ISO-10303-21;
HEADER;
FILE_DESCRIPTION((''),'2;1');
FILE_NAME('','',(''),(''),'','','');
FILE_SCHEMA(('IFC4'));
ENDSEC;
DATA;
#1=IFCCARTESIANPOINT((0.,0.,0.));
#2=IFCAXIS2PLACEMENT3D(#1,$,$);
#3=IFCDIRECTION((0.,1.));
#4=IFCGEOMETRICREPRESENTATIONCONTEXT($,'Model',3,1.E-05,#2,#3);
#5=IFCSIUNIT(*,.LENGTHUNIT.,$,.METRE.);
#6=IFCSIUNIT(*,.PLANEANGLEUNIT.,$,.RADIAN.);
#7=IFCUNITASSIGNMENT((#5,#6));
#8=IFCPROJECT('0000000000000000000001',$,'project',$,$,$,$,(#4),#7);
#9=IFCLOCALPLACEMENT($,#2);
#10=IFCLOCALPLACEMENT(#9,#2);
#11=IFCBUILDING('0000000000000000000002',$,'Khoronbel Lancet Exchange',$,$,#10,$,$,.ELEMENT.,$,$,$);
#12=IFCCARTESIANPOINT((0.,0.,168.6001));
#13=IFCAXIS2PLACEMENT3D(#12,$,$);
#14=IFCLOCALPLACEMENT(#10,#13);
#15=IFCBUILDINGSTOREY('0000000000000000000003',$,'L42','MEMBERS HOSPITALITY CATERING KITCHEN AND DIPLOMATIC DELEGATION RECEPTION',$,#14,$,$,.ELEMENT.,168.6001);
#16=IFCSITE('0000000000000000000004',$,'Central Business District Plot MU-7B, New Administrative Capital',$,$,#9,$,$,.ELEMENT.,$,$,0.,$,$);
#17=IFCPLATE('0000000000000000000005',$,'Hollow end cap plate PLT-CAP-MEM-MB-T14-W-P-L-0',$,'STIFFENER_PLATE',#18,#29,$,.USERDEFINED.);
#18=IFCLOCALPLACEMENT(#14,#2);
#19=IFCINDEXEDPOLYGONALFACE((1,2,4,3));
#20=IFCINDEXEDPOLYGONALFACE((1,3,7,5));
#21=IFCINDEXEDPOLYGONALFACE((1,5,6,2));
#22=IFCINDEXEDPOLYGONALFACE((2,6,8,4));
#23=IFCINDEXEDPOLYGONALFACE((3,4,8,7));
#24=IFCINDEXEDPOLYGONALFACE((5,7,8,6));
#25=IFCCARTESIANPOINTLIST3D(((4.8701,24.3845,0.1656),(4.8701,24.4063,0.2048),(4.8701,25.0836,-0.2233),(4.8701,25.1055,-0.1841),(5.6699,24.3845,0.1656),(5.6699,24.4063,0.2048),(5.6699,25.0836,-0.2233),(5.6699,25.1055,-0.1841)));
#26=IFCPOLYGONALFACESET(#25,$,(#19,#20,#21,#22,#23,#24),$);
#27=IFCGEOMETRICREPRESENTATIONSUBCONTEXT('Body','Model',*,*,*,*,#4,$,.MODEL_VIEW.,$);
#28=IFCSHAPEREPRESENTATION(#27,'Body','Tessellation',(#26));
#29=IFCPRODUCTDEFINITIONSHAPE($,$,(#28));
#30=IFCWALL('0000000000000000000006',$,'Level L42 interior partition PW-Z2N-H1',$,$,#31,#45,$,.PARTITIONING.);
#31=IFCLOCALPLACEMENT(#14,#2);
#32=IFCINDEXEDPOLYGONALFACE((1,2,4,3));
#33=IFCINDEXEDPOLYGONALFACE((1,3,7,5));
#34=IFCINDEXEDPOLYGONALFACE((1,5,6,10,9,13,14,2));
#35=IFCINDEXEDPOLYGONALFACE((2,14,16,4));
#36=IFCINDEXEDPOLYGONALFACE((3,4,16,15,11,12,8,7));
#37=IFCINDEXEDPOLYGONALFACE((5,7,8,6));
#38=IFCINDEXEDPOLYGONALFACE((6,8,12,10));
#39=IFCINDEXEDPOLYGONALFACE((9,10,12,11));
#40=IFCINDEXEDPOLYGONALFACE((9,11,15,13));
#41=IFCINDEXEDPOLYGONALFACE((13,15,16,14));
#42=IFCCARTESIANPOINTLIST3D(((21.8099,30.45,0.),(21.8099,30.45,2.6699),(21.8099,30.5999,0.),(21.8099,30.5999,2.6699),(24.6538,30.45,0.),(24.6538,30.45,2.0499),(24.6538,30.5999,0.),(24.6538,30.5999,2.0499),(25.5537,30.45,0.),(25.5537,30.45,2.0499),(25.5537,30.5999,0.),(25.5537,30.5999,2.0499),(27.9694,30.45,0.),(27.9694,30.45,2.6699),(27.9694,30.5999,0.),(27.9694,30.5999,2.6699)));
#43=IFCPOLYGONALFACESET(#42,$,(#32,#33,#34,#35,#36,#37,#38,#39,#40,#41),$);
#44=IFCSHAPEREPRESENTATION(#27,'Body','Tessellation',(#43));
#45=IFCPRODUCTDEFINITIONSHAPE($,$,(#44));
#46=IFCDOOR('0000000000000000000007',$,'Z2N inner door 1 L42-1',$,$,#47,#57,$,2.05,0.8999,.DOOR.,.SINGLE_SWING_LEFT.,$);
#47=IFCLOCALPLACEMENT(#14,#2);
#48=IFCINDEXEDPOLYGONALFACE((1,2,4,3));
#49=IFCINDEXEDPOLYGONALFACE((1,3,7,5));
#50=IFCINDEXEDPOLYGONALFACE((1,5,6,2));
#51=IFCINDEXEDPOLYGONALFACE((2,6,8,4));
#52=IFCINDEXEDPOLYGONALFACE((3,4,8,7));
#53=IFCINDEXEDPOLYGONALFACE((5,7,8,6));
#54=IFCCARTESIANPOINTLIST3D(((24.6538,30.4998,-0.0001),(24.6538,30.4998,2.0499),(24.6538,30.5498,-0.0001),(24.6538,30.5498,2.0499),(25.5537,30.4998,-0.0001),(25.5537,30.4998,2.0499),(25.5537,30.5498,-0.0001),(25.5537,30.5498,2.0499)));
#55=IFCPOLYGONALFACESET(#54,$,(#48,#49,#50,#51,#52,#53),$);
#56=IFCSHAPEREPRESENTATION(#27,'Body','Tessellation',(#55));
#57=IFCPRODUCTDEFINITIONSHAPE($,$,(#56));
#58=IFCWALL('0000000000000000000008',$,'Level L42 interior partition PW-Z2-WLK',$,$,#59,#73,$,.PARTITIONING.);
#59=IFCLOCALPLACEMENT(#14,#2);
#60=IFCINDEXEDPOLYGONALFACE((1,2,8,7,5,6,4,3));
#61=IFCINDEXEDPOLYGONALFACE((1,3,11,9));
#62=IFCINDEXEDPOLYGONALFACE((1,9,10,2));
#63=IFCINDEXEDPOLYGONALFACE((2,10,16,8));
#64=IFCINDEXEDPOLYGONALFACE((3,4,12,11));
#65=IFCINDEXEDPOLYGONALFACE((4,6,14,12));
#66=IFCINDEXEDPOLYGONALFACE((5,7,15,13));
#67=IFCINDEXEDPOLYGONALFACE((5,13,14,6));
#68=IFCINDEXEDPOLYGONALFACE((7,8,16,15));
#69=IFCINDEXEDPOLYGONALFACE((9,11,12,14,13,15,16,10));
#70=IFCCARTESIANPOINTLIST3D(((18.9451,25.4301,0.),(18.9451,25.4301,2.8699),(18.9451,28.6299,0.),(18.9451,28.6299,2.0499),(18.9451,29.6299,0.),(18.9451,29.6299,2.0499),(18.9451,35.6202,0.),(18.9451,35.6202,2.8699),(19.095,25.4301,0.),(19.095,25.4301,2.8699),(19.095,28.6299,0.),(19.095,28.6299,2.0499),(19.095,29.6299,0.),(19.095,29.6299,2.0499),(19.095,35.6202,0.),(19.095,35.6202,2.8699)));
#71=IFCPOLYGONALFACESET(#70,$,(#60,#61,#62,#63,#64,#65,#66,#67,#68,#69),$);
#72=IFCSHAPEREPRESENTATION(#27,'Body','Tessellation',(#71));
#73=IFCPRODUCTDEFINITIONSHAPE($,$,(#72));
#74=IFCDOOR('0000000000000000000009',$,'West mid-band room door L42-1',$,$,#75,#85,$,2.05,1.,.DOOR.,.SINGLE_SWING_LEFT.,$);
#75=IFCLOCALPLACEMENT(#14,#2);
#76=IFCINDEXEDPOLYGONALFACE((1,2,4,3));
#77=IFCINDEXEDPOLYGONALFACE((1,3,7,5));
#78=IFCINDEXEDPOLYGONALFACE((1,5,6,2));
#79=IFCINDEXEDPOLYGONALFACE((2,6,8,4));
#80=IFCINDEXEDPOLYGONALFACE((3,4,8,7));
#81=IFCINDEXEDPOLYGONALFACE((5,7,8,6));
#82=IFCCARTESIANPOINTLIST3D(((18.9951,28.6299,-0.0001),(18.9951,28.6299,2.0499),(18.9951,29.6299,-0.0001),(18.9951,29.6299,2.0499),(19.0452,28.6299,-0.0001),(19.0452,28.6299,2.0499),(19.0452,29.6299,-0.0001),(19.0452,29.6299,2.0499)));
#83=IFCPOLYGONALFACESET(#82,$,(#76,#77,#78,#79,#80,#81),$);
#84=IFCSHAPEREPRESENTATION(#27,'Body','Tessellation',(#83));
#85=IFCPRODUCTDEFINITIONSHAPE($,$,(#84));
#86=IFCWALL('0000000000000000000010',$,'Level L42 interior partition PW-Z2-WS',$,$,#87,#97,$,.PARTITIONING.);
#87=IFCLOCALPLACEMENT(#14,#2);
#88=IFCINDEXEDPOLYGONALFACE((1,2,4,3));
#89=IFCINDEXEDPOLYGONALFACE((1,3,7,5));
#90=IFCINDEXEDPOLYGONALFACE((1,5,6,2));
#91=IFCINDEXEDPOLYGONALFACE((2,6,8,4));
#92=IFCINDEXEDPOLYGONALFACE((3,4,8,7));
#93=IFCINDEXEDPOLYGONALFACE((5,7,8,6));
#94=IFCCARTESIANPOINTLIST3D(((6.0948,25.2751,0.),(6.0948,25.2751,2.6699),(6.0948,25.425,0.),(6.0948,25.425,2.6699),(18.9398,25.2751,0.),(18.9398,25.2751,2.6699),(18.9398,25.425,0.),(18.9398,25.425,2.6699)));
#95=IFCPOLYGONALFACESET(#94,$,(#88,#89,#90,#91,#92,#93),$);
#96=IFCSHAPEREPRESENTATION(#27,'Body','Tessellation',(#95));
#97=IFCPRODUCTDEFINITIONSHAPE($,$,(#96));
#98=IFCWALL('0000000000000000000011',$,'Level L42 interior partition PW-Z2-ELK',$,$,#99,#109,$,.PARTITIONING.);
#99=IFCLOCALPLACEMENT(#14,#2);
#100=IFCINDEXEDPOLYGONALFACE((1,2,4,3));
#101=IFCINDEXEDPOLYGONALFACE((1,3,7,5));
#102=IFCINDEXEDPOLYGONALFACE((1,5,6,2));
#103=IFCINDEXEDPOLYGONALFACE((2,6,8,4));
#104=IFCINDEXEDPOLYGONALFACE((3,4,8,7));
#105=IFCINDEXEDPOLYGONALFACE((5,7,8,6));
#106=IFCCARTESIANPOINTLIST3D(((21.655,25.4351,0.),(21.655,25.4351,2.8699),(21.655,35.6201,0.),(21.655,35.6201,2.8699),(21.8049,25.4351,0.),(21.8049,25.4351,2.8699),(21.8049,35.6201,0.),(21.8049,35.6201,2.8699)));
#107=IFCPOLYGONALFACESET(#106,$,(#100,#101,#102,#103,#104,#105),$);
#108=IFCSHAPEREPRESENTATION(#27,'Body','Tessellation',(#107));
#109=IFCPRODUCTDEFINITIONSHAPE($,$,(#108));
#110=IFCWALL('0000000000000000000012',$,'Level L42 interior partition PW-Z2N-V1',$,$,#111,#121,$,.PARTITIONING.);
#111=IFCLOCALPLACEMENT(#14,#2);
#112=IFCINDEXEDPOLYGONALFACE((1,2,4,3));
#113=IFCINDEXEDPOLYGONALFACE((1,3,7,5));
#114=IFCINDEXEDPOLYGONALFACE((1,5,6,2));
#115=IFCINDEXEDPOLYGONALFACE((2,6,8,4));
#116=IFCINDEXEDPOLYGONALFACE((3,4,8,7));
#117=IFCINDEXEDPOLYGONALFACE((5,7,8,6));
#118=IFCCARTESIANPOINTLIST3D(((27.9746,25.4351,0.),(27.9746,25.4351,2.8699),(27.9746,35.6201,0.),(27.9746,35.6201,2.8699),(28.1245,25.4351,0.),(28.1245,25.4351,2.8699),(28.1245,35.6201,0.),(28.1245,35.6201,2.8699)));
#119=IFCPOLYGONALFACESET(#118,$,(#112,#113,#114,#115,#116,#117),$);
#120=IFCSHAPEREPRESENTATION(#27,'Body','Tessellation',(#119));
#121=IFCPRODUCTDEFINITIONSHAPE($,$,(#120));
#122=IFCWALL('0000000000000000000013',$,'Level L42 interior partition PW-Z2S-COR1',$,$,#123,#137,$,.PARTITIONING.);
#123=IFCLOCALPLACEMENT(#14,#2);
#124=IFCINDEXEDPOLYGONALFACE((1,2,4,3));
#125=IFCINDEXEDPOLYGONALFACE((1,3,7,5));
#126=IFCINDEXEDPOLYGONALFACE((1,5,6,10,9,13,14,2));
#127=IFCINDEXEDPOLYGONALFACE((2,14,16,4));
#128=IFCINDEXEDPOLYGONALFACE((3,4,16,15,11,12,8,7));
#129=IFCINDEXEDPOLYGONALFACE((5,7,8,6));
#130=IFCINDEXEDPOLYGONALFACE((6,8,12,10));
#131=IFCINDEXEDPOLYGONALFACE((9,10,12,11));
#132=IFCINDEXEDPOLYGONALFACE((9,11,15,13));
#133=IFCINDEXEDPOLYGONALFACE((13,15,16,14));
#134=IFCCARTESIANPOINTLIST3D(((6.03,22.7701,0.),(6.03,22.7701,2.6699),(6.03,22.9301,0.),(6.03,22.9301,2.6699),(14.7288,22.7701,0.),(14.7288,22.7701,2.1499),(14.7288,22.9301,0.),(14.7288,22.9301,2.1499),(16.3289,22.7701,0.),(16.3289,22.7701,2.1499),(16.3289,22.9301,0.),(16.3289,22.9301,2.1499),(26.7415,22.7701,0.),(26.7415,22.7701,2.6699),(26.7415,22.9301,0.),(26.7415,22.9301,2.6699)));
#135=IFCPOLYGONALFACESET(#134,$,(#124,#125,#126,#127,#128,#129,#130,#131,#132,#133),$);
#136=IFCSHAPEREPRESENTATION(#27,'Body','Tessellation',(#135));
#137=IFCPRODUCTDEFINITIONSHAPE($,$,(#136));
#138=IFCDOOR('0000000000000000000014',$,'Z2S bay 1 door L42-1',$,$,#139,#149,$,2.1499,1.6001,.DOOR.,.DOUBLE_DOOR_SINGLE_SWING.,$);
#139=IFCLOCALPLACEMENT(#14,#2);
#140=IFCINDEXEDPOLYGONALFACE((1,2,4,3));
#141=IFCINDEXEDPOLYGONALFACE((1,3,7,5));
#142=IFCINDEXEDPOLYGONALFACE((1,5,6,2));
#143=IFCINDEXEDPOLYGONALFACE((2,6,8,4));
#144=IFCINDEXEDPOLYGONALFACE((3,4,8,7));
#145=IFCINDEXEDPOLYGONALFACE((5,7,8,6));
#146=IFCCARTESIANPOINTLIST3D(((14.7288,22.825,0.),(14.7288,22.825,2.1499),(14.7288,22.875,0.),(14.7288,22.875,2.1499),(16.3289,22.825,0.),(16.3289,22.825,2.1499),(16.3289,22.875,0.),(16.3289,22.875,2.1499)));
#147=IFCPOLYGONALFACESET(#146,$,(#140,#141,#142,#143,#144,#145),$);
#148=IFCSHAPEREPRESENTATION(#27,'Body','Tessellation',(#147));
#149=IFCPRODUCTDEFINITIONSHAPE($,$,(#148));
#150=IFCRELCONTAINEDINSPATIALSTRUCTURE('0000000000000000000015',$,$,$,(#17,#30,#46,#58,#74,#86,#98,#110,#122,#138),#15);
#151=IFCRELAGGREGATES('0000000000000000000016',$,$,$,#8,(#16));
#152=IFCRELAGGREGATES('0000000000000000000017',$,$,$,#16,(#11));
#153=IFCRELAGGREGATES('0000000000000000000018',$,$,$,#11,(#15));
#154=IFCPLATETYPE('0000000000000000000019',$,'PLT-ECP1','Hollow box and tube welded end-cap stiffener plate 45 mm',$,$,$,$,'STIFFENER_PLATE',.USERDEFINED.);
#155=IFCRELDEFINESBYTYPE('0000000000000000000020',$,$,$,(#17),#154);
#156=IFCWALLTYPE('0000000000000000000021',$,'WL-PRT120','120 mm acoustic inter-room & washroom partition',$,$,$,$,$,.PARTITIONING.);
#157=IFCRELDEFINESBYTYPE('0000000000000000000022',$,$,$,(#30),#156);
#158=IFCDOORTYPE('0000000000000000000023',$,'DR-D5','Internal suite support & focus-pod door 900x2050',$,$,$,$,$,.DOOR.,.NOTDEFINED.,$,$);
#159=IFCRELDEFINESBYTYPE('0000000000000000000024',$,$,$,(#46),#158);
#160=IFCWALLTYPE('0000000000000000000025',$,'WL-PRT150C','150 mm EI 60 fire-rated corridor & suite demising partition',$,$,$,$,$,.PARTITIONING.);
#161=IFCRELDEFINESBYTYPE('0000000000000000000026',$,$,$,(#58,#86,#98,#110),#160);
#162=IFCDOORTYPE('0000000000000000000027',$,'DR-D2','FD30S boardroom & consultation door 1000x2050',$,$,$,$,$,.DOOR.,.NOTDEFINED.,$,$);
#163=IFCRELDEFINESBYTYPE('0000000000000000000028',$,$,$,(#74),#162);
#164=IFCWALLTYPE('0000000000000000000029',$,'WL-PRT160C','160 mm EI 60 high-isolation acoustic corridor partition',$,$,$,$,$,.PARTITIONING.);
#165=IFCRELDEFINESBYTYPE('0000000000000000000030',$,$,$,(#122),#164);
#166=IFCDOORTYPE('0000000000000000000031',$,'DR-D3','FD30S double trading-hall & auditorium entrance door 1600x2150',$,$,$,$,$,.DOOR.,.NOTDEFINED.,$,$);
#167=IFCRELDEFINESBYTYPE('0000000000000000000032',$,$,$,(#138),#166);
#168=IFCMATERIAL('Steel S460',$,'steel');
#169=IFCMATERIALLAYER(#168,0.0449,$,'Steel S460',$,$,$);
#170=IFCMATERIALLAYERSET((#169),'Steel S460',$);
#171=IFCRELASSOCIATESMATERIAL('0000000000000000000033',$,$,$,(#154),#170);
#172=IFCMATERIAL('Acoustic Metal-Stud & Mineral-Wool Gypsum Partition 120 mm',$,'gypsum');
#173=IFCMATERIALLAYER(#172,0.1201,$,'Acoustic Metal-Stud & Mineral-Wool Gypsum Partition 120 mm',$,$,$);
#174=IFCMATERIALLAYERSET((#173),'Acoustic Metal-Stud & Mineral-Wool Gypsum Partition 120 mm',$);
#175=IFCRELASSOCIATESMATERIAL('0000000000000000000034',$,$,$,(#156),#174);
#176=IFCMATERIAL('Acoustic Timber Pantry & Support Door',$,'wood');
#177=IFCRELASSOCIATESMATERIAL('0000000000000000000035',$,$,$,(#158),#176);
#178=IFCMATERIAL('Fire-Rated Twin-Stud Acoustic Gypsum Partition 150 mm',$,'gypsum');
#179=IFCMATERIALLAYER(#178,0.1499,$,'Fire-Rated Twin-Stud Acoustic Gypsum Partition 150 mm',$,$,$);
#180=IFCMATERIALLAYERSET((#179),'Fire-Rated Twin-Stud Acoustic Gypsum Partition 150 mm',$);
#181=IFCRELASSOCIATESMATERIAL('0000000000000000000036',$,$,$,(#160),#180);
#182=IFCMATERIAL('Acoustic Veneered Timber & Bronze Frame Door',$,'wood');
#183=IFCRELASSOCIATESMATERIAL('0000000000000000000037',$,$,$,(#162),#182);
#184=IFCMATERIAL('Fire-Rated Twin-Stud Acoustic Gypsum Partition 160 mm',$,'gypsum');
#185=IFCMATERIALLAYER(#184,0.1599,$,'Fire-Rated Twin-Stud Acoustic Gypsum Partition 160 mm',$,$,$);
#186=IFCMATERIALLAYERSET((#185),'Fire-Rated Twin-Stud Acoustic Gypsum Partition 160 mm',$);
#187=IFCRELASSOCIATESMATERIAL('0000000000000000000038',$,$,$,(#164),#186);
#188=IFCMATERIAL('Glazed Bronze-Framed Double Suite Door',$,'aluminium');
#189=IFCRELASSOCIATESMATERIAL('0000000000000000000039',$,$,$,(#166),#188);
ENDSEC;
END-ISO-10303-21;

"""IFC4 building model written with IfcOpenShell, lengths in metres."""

from ifc_helpers import new_model, si_unit, direction, frame, frame_2d, origin, place, context, subcontext, project, spatial, polyline, rectangle, outline, extrude, material, layer, layer_set, type_object, element, fill, save


model = new_model("IFC4")

# Units and contexts
model_context = context("Model", 3, precision=1e-05, world=origin(), true_north=direction((0.0, 1.0)))
body_context = subcontext(model_context, "Body", "Model", "MODEL_VIEW")
ifc_project = project(units=[si_unit("LENGTHUNIT", "METRE"), si_unit("PLANEANGLEUNIT", "RADIAN")], contexts=[model_context])

# Site, building, storey
site_placement = place(None, origin())
site = spatial("IfcSite", under=ifc_project, at=site_placement, Name="Central Business District Plot MU-7B, New Administrative Capital", CompositionType="ELEMENT", RefElevation=0.0)
building_placement = place(site_placement, origin())
building = spatial("IfcBuilding", under=site, at=building_placement, Name="Khoronbel Lancet Exchange", CompositionType="ELEMENT")
storey_placement = place(building_placement, frame((0.0, 0.0, 168.6001)))
storey = spatial("IfcBuildingStorey", under=building, at=storey_placement, Name="L42", Description="MEMBERS HOSPITALITY CATERING KITCHEN AND DIPLOMATIC DELEGATION RECEPTION", CompositionType="ELEMENT", Elevation=168.6001)

# Shared definitions
ifc_material_1 = material(Name="Steel S460", Category="steel")

# Plate
ifc_layer_1 = layer(ifc_material_1, 0.0449, Name="Steel S460")
ifc_layer_set_1 = layer_set([ifc_layer_1], Name="Steel S460")
plate_type = type_object("IfcPlateType", Name="PLT-ECP1", Description="Hollow box and tube welded end-cap stiffener plate 45 mm", ElementType="STIFFENER_PLATE", PredefinedType="USERDEFINED", material=ifc_layer_set_1)
for number, where, z_axis, x_axis, name in (
    (1, (5.6699, 25.1055, -0.1841), (0.0, 0.486083, 0.873912), (-1.0, 0.0, 0.0), "Hollow end cap plate PLT-CAP-MEM-MB-T14-W-P-L-0"),
):
    element("IfcPlate", number, at=place(storey_placement, frame(where, z_axis=z_axis, x_axis=x_axis)), inside=storey, type_object=plate_type, Name=name, ObjectType="STIFFENER_PLATE", PredefinedType="USERDEFINED", context=body_context, shape_type="SweptSolid", body=[
        extrude(outline(polyline([(0.0, 0.0), (0.7998, 0.0), (0.7998, 0.8), (0.0, 0.8), (0.0, 0.0)])), origin(), (0.0, 0.0, -1.0), 0.0449),
    ])

# Walls, openings, doors
ifc_material_2 = material(Name="Acoustic Metal-Stud & Mineral-Wool Gypsum Partition 120 mm", Category="gypsum")
ifc_layer_2 = layer(ifc_material_2, 0.1201, Name="Acoustic Metal-Stud & Mineral-Wool Gypsum Partition 120 mm")
ifc_layer_set_2 = layer_set([ifc_layer_2], Name="Acoustic Metal-Stud & Mineral-Wool Gypsum Partition 120 mm")
wall_type_1 = type_object("IfcWallType", Name="WL-PRT120", Description="120 mm acoustic inter-room & washroom partition", PredefinedType="PARTITIONING", material=ifc_layer_set_2)
wall_1_placement = place(storey_placement, frame((21.8101, 30.5249, 0.0), z_axis=(0.0, 0.0, 1.0), x_axis=(1.0, 0.0, 0.0)))
wall_1 = element("IfcWall", 2, at=wall_1_placement, inside=storey, type_object=wall_type_1, Name="Level L42 interior partition PW-Z2N-H1", PredefinedType="PARTITIONING", context=body_context, shape_type="SweptSolid", body=[
    extrude(rectangle(XDim=6.1594, YDim=0.1499, at=frame_2d((3.0796, 0.0))), origin(), (0.0, 0.0, 1.0), 2.6699),
])
opening_1_placement = place(wall_1_placement, frame((2.8438, 0.0, 0.0)))
opening_1 = element("IfcOpeningElement", 3, at=opening_1_placement, cuts=wall_1, PredefinedType="OPENING", context=body_context, shape_type="SweptSolid", body=[
    extrude(rectangle(XDim=0.8999, YDim=2.05, at=frame_2d((0.45, 1.0249))), frame((0.0, 0.085, 0.0), z_axis=(0.0, -1.0, 0.0), x_axis=(1.0, 0.0, 0.0)), (0.0, 0.0, 1.0), 0.1699),
])
ifc_material_3 = material(Name="Acoustic Timber Pantry & Support Door", Category="wood")
door_type_1 = type_object("IfcDoorType", Name="DR-D5", Description="Internal suite support & focus-pod door 900x2050", OperationType="NOTDEFINED", PredefinedType="DOOR", material=ifc_material_3)
door_1_placement = place(opening_1_placement, origin())
door_1 = element("IfcDoor", 4, at=door_1_placement, inside=storey, type_object=door_type_1, Name="Z2N inner door 1 L42-1", OperationType="SINGLE_SWING_LEFT", OverallHeight=2.05, OverallWidth=0.8999, PredefinedType="DOOR", context=body_context, shape_type="SweptSolid", body=[
    extrude(rectangle(XDim=0.8999, YDim=2.05, at=frame_2d((0.45, 1.0249))), frame((0.0, 0.0249, 0.0), z_axis=(0.0, -1.0, 0.0), x_axis=(1.0, 0.0, 0.0)), (0.0, 0.0, 1.0), 0.05),
])
fill(opening_1, door_1)
ifc_material_4 = material(Name="Fire-Rated Twin-Stud Acoustic Gypsum Partition 150 mm", Category="gypsum")
ifc_layer_3 = layer(ifc_material_4, 0.1499, Name="Fire-Rated Twin-Stud Acoustic Gypsum Partition 150 mm")
ifc_layer_set_3 = layer_set([ifc_layer_3], Name="Fire-Rated Twin-Stud Acoustic Gypsum Partition 150 mm")
wall_type_2 = type_object("IfcWallType", Name="WL-PRT150C", Description="150 mm EI 60 fire-rated corridor & suite demising partition", PredefinedType="PARTITIONING", material=ifc_layer_set_3)
wall_2_placement = place(storey_placement, frame((19.02, 25.4299, 0.0), z_axis=(0.0, 0.0, 1.0), x_axis=(0.0, 1.0, 0.0)))
wall_2 = element("IfcWall", 5, at=wall_2_placement, inside=storey, type_object=wall_type_2, Name="Level L42 interior partition PW-Z2-WLK", PredefinedType="PARTITIONING", context=body_context, shape_type="SweptSolid", body=[
    extrude(rectangle(XDim=10.1902, YDim=0.1499, at=frame_2d((5.0952, 0.0))), origin(), (0.0, 0.0, 1.0), 2.8699),
])
opening_2_placement = place(wall_2_placement, frame((3.2, 0.0, 0.0)))
opening_2 = element("IfcOpeningElement", 6, at=opening_2_placement, cuts=wall_2, PredefinedType="OPENING", context=body_context, shape_type="SweptSolid", body=[
    extrude(rectangle(XDim=1.0, YDim=2.05, at=frame_2d((0.5, 1.0249))), frame((0.0, 0.085, 0.0), z_axis=(0.0, -1.0, 0.0), x_axis=(1.0, 0.0, 0.0)), (0.0, 0.0, 1.0), 0.1699),
])
ifc_material_5 = material(Name="Acoustic Veneered Timber & Bronze Frame Door", Category="wood")
door_type_2 = type_object("IfcDoorType", Name="DR-D2", Description="FD30S boardroom & consultation door 1000x2050", OperationType="NOTDEFINED", PredefinedType="DOOR", material=ifc_material_5)
door_2_placement = place(opening_2_placement, origin())
door_2 = element("IfcDoor", 7, at=door_2_placement, inside=storey, type_object=door_type_2, Name="West mid-band room door L42-1", OperationType="SINGLE_SWING_LEFT", OverallHeight=2.05, OverallWidth=1.0, PredefinedType="DOOR", context=body_context, shape_type="SweptSolid", body=[
    extrude(rectangle(XDim=1.0, YDim=2.05, at=frame_2d((0.5, 1.0249))), frame((0.0, 0.0249, 0.0), z_axis=(0.0, -1.0, 0.0), x_axis=(1.0, 0.0, 0.0)), (0.0, 0.0, 1.0), 0.05),
])
fill(opening_2, door_2)

# Walls
wall_3_placement = place(storey_placement, frame((6.095, 25.3501, 0.0), z_axis=(0.0, 0.0, 1.0), x_axis=(1.0, 0.0, 0.0)))
element("IfcWall", 8, at=wall_3_placement, inside=storey, type_object=wall_type_2, Name="Level L42 interior partition PW-Z2-WS", PredefinedType="PARTITIONING", context=body_context, shape_type="SweptSolid", body=[
    extrude(rectangle(XDim=12.845, YDim=0.1499, at=frame_2d((6.4224, 0.0))), origin(), (0.0, 0.0, 1.0), 2.6699),
])
for number, where, z_axis, x_axis, name in (
    (9, (21.73, 25.4351, 0.0), (0.0, 0.0, 1.0), (0.0, 1.0, 0.0), "Level L42 interior partition PW-Z2-ELK"),
    (10, (28.0496, 25.4351, 0.0), (0.0, 0.0, 1.0), (0.0, 1.0, 0.0), "Level L42 interior partition PW-Z2N-V1"),
):
    element("IfcWall", number, at=place(storey_placement, frame(where, z_axis=z_axis, x_axis=x_axis)), inside=storey, type_object=wall_type_2, Name=name, PredefinedType="PARTITIONING", context=body_context, shape_type="SweptSolid", body=[
        extrude(rectangle(XDim=10.1851, YDim=0.1499, at=frame_2d((5.0925, 0.0))), origin(), (0.0, 0.0, 1.0), 2.8699),
    ])

# Wall, opening, door
ifc_material_6 = material(Name="Fire-Rated Twin-Stud Acoustic Gypsum Partition 160 mm", Category="gypsum")
ifc_layer_4 = layer(ifc_material_6, 0.1599, Name="Fire-Rated Twin-Stud Acoustic Gypsum Partition 160 mm")
ifc_layer_set_4 = layer_set([ifc_layer_4], Name="Fire-Rated Twin-Stud Acoustic Gypsum Partition 160 mm")
wall_type_3 = type_object("IfcWallType", Name="WL-PRT160C", Description="160 mm EI 60 high-isolation acoustic corridor partition", PredefinedType="PARTITIONING", material=ifc_layer_set_4)
wall_4_placement = place(storey_placement, frame((6.03, 22.8501, 0.0), z_axis=(0.0, 0.0, 1.0), x_axis=(1.0, 0.0, 0.0)))
wall_4 = element("IfcWall", 11, at=wall_4_placement, inside=storey, type_object=wall_type_3, Name="Level L42 interior partition PW-Z2S-COR1", PredefinedType="PARTITIONING", context=body_context, shape_type="SweptSolid", body=[
    extrude(rectangle(XDim=20.7114, YDim=0.1599, at=frame_2d((10.3557, 0.0))), origin(), (0.0, 0.0, 1.0), 2.6699),
])
opening_3_placement = place(wall_4_placement, frame((8.6987, 0.0, 0.0)))
opening_3 = element("IfcOpeningElement", 12, at=opening_3_placement, cuts=wall_4, PredefinedType="OPENING", context=body_context, shape_type="SweptSolid", body=[
    extrude(rectangle(XDim=1.6001, YDim=2.1499, at=frame_2d((0.8, 1.075))), frame((0.0, 0.0898, 0.0), z_axis=(0.0, -1.0, 0.0), x_axis=(1.0, 0.0, 0.0)), (0.0, 0.0, 1.0), 0.1799),
])
ifc_material_7 = material(Name="Glazed Bronze-Framed Double Suite Door", Category="aluminium")
door_type_3 = type_object("IfcDoorType", Name="DR-D3", Description="FD30S double trading-hall & auditorium entrance door 1600x2150", OperationType="NOTDEFINED", PredefinedType="DOOR", material=ifc_material_7)
door_3_placement = place(opening_3_placement, origin())
door_3 = element("IfcDoor", 13, at=door_3_placement, inside=storey, type_object=door_type_3, Name="Z2S bay 1 door L42-1", OperationType="DOUBLE_DOOR_SINGLE_SWING", OverallHeight=2.1499, OverallWidth=1.6001, PredefinedType="DOOR", context=body_context, shape_type="SweptSolid", body=[
    extrude(rectangle(XDim=1.6001, YDim=2.1499, at=frame_2d((0.8, 1.075))), frame((0.0, 0.0249, 0.0), z_axis=(0.0, -1.0, 0.0), x_axis=(1.0, 0.0, 0.0)), (0.0, 0.0, 1.0), 0.05),
])
fill(opening_3, door_3)

save(model, "model.ifc")
